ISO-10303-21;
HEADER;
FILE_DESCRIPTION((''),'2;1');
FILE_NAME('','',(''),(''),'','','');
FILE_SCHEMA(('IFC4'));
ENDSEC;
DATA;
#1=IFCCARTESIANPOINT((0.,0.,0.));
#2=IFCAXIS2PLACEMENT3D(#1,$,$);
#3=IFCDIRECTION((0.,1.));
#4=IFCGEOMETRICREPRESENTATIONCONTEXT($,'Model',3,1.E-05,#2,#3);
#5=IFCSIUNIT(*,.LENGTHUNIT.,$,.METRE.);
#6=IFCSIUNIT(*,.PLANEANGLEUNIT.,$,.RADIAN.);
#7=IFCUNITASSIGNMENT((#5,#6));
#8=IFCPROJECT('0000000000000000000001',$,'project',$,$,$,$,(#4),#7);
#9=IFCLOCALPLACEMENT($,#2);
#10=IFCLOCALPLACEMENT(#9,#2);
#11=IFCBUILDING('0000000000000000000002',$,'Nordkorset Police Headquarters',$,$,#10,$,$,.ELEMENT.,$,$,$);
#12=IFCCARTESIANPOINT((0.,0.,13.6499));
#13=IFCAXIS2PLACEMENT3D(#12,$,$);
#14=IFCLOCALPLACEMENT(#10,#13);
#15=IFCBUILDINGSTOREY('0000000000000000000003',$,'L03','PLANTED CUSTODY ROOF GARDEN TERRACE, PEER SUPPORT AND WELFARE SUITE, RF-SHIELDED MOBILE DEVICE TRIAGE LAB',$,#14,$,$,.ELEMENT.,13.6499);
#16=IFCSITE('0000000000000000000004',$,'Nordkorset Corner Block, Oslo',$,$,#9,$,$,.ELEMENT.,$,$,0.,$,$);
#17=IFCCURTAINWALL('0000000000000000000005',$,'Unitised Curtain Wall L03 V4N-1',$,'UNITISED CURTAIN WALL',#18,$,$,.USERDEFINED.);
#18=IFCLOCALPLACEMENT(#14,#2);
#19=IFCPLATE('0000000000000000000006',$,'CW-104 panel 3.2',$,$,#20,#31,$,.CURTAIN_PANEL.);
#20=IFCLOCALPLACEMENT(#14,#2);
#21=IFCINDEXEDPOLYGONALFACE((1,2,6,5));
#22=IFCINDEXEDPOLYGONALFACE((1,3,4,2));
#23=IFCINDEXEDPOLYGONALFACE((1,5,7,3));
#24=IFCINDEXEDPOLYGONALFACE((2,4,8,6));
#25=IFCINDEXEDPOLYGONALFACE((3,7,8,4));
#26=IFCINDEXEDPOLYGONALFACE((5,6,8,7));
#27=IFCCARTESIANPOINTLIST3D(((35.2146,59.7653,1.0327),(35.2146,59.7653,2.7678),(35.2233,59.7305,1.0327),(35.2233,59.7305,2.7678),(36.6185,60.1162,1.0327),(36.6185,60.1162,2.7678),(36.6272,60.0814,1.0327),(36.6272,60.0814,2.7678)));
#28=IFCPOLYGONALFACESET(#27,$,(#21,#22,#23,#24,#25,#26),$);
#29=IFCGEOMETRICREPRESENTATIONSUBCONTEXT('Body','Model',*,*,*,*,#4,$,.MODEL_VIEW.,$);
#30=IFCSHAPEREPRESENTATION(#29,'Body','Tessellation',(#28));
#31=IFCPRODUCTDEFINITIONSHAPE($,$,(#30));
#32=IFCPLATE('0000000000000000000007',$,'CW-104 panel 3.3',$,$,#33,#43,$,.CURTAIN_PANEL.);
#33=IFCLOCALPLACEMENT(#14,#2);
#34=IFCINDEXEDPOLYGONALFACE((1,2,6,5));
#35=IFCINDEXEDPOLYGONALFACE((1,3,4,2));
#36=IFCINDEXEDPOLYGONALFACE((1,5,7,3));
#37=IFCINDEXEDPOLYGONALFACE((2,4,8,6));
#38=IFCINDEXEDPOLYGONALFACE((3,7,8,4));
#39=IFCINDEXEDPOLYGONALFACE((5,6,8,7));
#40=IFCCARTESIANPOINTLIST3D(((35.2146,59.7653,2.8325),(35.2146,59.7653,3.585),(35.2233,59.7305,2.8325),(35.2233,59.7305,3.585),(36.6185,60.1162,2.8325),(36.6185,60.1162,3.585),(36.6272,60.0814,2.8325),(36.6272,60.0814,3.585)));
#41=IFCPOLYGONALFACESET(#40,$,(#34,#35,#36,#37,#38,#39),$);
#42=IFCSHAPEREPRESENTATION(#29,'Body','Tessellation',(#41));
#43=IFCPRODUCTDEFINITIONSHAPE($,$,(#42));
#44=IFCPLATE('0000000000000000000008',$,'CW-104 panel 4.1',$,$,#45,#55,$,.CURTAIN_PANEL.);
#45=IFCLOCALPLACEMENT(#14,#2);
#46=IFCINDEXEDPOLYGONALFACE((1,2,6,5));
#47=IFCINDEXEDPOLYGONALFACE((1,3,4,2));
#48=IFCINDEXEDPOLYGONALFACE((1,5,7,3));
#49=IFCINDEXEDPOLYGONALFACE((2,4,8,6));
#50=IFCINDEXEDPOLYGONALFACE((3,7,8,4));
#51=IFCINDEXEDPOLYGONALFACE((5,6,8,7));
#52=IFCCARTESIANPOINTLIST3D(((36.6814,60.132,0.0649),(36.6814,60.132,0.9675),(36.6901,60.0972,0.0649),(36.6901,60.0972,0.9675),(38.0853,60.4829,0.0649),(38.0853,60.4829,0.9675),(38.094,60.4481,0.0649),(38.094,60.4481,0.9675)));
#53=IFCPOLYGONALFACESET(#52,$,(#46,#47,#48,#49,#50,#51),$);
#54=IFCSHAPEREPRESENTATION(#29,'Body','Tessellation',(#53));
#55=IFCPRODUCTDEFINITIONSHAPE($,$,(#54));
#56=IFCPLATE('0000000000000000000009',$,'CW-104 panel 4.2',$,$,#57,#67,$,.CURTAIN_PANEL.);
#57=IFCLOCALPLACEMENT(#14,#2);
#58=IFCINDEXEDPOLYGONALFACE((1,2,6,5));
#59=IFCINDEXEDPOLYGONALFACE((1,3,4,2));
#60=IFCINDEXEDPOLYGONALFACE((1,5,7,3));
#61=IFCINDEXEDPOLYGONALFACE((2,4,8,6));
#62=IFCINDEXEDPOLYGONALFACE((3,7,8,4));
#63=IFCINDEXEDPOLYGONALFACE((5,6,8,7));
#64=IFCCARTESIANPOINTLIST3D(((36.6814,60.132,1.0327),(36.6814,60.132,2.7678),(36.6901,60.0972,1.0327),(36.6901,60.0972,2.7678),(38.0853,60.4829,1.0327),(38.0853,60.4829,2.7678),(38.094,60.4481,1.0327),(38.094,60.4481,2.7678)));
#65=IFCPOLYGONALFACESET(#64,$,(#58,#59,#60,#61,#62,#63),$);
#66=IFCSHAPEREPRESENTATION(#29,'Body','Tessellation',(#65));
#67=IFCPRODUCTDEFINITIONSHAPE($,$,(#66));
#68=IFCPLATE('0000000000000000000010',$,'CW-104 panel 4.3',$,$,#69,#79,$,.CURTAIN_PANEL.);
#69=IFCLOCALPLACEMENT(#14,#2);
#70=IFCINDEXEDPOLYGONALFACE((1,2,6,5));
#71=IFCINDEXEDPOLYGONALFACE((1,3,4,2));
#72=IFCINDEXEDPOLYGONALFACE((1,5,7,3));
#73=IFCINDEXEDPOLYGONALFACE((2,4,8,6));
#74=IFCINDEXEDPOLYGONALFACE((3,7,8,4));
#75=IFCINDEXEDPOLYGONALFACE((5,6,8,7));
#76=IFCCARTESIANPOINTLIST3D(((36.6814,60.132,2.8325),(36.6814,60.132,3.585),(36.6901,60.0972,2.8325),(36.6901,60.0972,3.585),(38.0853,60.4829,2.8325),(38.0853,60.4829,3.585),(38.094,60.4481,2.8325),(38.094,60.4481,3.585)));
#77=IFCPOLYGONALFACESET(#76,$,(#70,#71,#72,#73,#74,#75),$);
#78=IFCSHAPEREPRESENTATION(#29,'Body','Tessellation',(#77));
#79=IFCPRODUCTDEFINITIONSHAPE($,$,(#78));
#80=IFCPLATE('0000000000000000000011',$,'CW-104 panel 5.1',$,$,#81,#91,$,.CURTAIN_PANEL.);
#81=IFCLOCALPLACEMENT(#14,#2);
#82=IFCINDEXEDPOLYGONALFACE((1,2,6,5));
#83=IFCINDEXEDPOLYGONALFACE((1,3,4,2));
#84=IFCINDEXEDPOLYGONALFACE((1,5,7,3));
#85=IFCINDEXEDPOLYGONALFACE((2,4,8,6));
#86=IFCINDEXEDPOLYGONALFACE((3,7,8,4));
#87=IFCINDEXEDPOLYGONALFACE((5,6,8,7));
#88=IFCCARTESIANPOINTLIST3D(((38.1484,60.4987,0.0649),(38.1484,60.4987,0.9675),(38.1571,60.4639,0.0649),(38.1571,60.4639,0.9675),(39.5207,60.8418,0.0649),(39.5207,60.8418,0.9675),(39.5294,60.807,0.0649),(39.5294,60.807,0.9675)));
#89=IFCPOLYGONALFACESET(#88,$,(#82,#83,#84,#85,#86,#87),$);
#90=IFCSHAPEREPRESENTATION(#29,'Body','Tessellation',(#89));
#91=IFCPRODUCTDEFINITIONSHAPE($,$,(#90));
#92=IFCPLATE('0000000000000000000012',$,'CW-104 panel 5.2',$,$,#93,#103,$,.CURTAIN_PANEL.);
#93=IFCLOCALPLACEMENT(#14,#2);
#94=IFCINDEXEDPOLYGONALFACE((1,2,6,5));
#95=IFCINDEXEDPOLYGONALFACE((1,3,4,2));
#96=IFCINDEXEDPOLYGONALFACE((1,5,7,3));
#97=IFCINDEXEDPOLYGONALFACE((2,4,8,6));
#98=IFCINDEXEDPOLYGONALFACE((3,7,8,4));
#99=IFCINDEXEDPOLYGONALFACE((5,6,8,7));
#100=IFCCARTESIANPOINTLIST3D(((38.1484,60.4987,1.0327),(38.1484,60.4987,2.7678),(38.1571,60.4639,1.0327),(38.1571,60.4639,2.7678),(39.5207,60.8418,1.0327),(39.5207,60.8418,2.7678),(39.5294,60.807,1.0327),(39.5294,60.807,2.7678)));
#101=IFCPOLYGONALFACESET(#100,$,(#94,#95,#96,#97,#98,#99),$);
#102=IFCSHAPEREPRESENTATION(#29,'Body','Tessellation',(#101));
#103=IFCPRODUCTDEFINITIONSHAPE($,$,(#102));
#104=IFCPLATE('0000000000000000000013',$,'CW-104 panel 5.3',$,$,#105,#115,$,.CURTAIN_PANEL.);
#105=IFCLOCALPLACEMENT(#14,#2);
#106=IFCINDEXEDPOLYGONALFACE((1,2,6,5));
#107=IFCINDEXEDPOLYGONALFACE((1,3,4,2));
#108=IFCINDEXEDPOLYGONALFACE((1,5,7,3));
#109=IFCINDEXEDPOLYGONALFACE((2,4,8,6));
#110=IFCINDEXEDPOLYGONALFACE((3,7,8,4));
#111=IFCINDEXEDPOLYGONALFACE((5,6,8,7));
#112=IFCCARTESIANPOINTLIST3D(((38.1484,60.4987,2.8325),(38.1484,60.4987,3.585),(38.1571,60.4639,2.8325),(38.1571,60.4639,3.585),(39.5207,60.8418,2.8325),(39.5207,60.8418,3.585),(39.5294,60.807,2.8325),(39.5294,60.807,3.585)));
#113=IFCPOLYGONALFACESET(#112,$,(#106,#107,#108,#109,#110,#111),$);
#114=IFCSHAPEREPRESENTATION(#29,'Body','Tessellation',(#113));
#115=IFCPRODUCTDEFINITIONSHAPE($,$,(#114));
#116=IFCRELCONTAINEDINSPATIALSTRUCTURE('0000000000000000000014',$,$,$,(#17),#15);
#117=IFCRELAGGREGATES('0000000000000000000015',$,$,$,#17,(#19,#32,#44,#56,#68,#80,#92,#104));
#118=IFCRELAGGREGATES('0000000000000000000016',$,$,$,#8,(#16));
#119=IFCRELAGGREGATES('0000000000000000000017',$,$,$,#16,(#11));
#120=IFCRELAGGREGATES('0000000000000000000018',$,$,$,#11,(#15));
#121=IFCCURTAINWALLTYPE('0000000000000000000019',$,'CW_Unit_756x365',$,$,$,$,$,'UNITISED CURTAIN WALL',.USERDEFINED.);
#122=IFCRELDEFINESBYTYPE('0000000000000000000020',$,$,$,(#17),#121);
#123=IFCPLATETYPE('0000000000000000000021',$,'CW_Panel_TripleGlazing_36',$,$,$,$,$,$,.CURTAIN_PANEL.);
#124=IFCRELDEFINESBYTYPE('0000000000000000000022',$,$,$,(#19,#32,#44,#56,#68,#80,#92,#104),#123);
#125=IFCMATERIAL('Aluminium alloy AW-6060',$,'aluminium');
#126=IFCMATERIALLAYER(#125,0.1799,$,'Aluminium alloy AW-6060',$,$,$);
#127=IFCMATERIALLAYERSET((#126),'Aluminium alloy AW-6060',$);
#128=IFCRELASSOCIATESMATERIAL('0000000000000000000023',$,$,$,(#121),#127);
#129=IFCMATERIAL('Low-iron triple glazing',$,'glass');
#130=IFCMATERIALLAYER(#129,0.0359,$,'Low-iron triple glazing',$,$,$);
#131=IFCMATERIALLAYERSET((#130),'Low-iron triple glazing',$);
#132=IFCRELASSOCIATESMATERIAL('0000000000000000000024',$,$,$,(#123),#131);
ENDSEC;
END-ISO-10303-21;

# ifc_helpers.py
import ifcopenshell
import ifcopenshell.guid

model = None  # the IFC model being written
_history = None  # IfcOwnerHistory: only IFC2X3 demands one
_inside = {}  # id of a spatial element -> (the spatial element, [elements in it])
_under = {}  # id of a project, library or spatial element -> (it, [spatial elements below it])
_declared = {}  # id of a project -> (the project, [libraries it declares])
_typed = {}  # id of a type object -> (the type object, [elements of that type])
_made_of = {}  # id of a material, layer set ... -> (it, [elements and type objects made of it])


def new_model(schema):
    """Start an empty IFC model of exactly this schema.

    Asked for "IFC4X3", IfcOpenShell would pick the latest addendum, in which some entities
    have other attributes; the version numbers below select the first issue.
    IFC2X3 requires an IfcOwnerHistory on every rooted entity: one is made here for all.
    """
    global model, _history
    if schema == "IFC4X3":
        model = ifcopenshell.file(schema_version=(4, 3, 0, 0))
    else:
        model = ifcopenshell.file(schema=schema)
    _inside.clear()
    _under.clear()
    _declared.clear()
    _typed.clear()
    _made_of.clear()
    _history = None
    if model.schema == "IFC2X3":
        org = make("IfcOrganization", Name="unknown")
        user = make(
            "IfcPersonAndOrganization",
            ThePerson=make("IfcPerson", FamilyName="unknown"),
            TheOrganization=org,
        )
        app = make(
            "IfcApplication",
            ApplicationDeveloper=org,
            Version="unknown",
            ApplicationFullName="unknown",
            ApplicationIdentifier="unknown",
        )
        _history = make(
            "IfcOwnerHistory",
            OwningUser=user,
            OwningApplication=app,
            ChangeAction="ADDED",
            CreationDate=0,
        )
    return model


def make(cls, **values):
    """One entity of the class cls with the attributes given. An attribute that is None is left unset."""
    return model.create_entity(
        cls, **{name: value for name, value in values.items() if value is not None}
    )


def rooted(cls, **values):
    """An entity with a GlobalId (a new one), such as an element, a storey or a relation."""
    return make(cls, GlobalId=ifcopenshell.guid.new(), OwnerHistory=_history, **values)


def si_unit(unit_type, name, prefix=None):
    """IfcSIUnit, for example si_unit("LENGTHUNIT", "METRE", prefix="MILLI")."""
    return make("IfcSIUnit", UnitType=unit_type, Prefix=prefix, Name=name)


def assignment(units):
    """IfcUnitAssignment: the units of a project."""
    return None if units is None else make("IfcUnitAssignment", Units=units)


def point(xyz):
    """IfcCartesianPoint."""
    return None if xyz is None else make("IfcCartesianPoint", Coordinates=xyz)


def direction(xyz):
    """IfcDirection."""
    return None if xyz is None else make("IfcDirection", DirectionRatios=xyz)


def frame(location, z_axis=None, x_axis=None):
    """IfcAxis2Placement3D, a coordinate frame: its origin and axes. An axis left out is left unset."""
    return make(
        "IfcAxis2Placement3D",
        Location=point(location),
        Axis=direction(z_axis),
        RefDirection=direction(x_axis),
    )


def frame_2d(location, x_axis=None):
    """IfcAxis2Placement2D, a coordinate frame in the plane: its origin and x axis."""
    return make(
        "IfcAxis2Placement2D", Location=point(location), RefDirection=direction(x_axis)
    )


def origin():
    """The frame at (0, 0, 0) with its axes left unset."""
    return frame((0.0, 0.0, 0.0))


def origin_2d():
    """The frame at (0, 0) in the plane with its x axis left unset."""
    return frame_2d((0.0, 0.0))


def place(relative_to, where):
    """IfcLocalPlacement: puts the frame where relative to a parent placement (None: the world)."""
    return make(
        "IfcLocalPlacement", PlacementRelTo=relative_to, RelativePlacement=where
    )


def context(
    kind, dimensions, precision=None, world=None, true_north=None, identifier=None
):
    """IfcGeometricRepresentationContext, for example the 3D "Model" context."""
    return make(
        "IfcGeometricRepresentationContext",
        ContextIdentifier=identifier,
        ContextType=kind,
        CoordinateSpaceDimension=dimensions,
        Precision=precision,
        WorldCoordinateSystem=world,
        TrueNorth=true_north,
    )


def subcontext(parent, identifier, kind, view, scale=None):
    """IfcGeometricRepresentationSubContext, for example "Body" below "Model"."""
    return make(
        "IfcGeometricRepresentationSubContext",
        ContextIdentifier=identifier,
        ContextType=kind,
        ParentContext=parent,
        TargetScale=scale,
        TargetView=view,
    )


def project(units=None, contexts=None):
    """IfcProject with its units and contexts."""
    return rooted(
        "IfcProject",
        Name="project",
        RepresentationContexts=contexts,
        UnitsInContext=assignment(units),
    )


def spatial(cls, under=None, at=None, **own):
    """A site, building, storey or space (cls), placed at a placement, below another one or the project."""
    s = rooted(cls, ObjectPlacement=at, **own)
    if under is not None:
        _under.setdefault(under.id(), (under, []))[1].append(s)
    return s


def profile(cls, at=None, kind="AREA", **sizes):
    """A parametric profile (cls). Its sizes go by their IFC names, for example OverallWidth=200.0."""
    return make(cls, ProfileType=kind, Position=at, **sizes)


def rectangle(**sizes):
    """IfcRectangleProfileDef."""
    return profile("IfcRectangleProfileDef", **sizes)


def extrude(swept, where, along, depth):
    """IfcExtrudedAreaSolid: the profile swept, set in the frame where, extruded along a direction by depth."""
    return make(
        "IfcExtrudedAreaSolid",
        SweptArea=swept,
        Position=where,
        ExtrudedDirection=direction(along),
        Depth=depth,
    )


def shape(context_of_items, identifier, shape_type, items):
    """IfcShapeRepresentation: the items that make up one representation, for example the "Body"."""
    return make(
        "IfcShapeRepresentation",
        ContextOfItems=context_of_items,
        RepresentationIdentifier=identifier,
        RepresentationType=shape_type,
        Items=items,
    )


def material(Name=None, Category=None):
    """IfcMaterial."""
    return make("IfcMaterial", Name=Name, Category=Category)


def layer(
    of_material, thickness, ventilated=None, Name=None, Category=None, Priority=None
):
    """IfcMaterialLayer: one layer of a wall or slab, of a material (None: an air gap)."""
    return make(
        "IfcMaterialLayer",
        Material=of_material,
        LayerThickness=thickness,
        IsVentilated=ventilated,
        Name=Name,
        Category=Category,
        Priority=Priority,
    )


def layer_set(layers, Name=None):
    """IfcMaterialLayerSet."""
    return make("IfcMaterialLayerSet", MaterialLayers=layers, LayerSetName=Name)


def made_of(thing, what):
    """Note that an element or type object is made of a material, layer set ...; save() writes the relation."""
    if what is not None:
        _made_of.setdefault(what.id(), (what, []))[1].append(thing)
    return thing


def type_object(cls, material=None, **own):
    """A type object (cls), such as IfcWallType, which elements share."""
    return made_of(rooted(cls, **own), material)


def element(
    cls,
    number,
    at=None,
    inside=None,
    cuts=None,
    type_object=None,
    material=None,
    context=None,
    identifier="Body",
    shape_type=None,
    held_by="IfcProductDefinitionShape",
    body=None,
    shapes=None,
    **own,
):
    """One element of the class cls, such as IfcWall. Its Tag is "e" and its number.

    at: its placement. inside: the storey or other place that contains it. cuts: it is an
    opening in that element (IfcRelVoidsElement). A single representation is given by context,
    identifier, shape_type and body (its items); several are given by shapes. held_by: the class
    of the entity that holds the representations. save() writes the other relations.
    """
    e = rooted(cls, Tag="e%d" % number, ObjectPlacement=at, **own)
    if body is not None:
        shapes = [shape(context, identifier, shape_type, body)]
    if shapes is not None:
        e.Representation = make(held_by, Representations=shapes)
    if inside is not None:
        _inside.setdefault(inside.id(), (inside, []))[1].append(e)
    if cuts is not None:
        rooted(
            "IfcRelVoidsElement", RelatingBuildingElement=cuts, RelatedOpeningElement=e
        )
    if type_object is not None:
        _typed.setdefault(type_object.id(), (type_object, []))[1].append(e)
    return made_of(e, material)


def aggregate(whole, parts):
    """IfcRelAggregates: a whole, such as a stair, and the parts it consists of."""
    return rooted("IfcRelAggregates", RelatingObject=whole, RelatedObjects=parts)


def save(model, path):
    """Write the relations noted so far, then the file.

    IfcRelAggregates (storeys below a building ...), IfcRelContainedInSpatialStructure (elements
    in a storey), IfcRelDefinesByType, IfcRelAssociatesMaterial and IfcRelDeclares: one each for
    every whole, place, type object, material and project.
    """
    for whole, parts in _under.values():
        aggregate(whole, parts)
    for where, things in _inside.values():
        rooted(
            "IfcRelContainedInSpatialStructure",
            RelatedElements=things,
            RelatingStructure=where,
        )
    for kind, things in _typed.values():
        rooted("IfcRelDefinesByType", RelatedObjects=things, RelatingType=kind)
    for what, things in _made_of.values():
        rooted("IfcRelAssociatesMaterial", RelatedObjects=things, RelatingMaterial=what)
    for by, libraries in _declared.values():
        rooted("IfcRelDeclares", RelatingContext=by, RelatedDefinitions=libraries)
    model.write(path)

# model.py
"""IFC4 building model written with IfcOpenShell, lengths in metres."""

from ifc_helpers import new_model, si_unit, direction, frame, origin, origin_2d, place, context, subcontext, project, spatial, rectangle, extrude, material, layer, layer_set, type_object, element, aggregate, save


model = new_model("IFC4")

# Units and contexts
model_context = context("Model", 3, precision=1e-05, world=origin(), true_north=direction((0.0, 1.0)))
body_context = subcontext(model_context, "Body", "Model", "MODEL_VIEW")
ifc_project = project(units=[si_unit("LENGTHUNIT", "METRE"), si_unit("PLANEANGLEUNIT", "RADIAN")], contexts=[model_context])

# Site, building, storey
site_placement = place(None, origin())
site = spatial("IfcSite", under=ifc_project, at=site_placement, Name="Nordkorset Corner Block, Oslo", CompositionType="ELEMENT", RefElevation=0.0)
building_placement = place(site_placement, origin())
building = spatial("IfcBuilding", under=site, at=building_placement, Name="Nordkorset Police Headquarters", CompositionType="ELEMENT")
storey_placement = place(building_placement, frame((0.0, 0.0, 13.6499)))
storey = spatial("IfcBuildingStorey", under=building, at=storey_placement, Name="L03", Description="PLANTED CUSTODY ROOF GARDEN TERRACE, PEER SUPPORT AND WELFARE SUITE, RF-SHIELDED MOBILE DEVICE TRIAGE LAB", CompositionType="ELEMENT", Elevation=13.6499)

# Curtain wall, plates
ifc_material_1 = material(Name="Aluminium alloy AW-6060", Category="aluminium")
ifc_layer_1 = layer(ifc_material_1, 0.1799, Name="Aluminium alloy AW-6060")
ifc_layer_set_1 = layer_set([ifc_layer_1], Name="Aluminium alloy AW-6060")
curtain_wall_type = type_object("IfcCurtainWallType", Name="CW_Unit_756x365", ElementType="UNITISED CURTAIN WALL", PredefinedType="USERDEFINED", material=ifc_layer_set_1)
curtain_wall_placement = place(storey_placement, origin())
curtain_wall = element("IfcCurtainWall", 1, at=curtain_wall_placement, inside=storey, type_object=curtain_wall_type, Name="Unitised Curtain Wall L03 V4N-1", ObjectType="UNITISED CURTAIN WALL", PredefinedType="USERDEFINED")
ifc_material_2 = material(Name="Low-iron triple glazing", Category="glass")
ifc_layer_2 = layer(ifc_material_2, 0.0359, Name="Low-iron triple glazing")
ifc_layer_set_2 = layer_set([ifc_layer_2], Name="Low-iron triple glazing")
plate_type = type_object("IfcPlateType", Name="CW_Panel_TripleGlazing_36", PredefinedType="CURTAIN_PANEL", material=ifc_layer_set_2)
plate_1_placement = place(storey_placement, frame((35.9209, 59.9233, 1.0327), z_axis=(0.0, 0.0, 1.0), x_axis=(0.970143, 0.242536, 0.0)))
plate_1 = element("IfcPlate", 2, at=plate_1_placement, type_object=plate_type, Name="CW-104 panel 3.2", PredefinedType="CURTAIN_PANEL", context=body_context, shape_type="SweptSolid", body=[
    extrude(rectangle(XDim=1.447, YDim=0.0359, at=origin_2d()), origin(), (0.0, 0.0, 1.0), 1.7351),
])
plate_2_placement = place(storey_placement, frame((35.9209, 59.9233, 2.8325), z_axis=(0.0, 0.0, 1.0), x_axis=(0.970143, 0.242536, 0.0)))
plate_2 = element("IfcPlate", 3, at=plate_2_placement, type_object=plate_type, Name="CW-104 panel 3.3", PredefinedType="CURTAIN_PANEL", context=body_context, shape_type="SweptSolid", body=[
    extrude(rectangle(XDim=1.447, YDim=0.0359, at=origin_2d()), origin(), (0.0, 0.0, 1.0), 0.7524),
])
plate_3_placement = place(storey_placement, frame((37.3877, 60.29, 0.0649), z_axis=(0.0, 0.0, 1.0), x_axis=(0.970143, 0.242536, 0.0)))
plate_3 = element("IfcPlate", 4, at=plate_3_placement, type_object=plate_type, Name="CW-104 panel 4.1", PredefinedType="CURTAIN_PANEL", context=body_context, shape_type="SweptSolid", body=[
    extrude(rectangle(XDim=1.447, YDim=0.0359, at=origin_2d()), origin(), (0.0, 0.0, 1.0), 0.9026),
])
plate_4_placement = place(storey_placement, frame((37.3877, 60.29, 1.0327), z_axis=(0.0, 0.0, 1.0), x_axis=(0.970143, 0.242536, 0.0)))
plate_4 = element("IfcPlate", 5, at=plate_4_placement, type_object=plate_type, Name="CW-104 panel 4.2", PredefinedType="CURTAIN_PANEL", context=body_context, shape_type="SweptSolid", body=[
    extrude(rectangle(XDim=1.447, YDim=0.0359, at=origin_2d()), origin(), (0.0, 0.0, 1.0), 1.7351),
])
plate_5_placement = place(storey_placement, frame((37.3877, 60.29, 2.8325), z_axis=(0.0, 0.0, 1.0), x_axis=(0.970143, 0.242536, 0.0)))
plate_5 = element("IfcPlate", 6, at=plate_5_placement, type_object=plate_type, Name="CW-104 panel 4.3", PredefinedType="CURTAIN_PANEL", context=body_context, shape_type="SweptSolid", body=[
    extrude(rectangle(XDim=1.447, YDim=0.0359, at=origin_2d()), origin(), (0.0, 0.0, 1.0), 0.7524),
])
plate_6_placement = place(storey_placement, frame((38.8389, 60.6528, 0.0649), z_axis=(0.0, 0.0, 1.0), x_axis=(0.970143, 0.242536, 0.0)))
plate_6 = element("IfcPlate", 7, at=plate_6_placement, type_object=plate_type, Name="CW-104 panel 5.1", PredefinedType="CURTAIN_PANEL", context=body_context, shape_type="SweptSolid", body=[
    extrude(rectangle(XDim=1.4146, YDim=0.0359, at=origin_2d()), origin(), (0.0, 0.0, 1.0), 0.9026),
])
plate_7_placement = place(storey_placement, frame((38.8389, 60.6528, 1.0327), z_axis=(0.0, 0.0, 1.0), x_axis=(0.970143, 0.242536, 0.0)))
plate_7 = element("IfcPlate", 8, at=plate_7_placement, type_object=plate_type, Name="CW-104 panel 5.2", PredefinedType="CURTAIN_PANEL", context=body_context, shape_type="SweptSolid", body=[
    extrude(rectangle(XDim=1.4146, YDim=0.0359, at=origin_2d()), origin(), (0.0, 0.0, 1.0), 1.7351),
])
plate_8_placement = place(storey_placement, frame((38.8389, 60.6528, 2.8325), z_axis=(0.0, 0.0, 1.0), x_axis=(0.970143, 0.242536, 0.0)))
plate_8 = element("IfcPlate", 9, at=plate_8_placement, type_object=plate_type, Name="CW-104 panel 5.3", PredefinedType="CURTAIN_PANEL", context=body_context, shape_type="SweptSolid", body=[
    extrude(rectangle(XDim=1.4146, YDim=0.0359, at=origin_2d()), origin(), (0.0, 0.0, 1.0), 0.7524),
])
aggregate(curtain_wall, [plate_1, plate_2, plate_3, plate_4, plate_5, plate_6, plate_7, plate_8])

save(model, "model.ifc")
